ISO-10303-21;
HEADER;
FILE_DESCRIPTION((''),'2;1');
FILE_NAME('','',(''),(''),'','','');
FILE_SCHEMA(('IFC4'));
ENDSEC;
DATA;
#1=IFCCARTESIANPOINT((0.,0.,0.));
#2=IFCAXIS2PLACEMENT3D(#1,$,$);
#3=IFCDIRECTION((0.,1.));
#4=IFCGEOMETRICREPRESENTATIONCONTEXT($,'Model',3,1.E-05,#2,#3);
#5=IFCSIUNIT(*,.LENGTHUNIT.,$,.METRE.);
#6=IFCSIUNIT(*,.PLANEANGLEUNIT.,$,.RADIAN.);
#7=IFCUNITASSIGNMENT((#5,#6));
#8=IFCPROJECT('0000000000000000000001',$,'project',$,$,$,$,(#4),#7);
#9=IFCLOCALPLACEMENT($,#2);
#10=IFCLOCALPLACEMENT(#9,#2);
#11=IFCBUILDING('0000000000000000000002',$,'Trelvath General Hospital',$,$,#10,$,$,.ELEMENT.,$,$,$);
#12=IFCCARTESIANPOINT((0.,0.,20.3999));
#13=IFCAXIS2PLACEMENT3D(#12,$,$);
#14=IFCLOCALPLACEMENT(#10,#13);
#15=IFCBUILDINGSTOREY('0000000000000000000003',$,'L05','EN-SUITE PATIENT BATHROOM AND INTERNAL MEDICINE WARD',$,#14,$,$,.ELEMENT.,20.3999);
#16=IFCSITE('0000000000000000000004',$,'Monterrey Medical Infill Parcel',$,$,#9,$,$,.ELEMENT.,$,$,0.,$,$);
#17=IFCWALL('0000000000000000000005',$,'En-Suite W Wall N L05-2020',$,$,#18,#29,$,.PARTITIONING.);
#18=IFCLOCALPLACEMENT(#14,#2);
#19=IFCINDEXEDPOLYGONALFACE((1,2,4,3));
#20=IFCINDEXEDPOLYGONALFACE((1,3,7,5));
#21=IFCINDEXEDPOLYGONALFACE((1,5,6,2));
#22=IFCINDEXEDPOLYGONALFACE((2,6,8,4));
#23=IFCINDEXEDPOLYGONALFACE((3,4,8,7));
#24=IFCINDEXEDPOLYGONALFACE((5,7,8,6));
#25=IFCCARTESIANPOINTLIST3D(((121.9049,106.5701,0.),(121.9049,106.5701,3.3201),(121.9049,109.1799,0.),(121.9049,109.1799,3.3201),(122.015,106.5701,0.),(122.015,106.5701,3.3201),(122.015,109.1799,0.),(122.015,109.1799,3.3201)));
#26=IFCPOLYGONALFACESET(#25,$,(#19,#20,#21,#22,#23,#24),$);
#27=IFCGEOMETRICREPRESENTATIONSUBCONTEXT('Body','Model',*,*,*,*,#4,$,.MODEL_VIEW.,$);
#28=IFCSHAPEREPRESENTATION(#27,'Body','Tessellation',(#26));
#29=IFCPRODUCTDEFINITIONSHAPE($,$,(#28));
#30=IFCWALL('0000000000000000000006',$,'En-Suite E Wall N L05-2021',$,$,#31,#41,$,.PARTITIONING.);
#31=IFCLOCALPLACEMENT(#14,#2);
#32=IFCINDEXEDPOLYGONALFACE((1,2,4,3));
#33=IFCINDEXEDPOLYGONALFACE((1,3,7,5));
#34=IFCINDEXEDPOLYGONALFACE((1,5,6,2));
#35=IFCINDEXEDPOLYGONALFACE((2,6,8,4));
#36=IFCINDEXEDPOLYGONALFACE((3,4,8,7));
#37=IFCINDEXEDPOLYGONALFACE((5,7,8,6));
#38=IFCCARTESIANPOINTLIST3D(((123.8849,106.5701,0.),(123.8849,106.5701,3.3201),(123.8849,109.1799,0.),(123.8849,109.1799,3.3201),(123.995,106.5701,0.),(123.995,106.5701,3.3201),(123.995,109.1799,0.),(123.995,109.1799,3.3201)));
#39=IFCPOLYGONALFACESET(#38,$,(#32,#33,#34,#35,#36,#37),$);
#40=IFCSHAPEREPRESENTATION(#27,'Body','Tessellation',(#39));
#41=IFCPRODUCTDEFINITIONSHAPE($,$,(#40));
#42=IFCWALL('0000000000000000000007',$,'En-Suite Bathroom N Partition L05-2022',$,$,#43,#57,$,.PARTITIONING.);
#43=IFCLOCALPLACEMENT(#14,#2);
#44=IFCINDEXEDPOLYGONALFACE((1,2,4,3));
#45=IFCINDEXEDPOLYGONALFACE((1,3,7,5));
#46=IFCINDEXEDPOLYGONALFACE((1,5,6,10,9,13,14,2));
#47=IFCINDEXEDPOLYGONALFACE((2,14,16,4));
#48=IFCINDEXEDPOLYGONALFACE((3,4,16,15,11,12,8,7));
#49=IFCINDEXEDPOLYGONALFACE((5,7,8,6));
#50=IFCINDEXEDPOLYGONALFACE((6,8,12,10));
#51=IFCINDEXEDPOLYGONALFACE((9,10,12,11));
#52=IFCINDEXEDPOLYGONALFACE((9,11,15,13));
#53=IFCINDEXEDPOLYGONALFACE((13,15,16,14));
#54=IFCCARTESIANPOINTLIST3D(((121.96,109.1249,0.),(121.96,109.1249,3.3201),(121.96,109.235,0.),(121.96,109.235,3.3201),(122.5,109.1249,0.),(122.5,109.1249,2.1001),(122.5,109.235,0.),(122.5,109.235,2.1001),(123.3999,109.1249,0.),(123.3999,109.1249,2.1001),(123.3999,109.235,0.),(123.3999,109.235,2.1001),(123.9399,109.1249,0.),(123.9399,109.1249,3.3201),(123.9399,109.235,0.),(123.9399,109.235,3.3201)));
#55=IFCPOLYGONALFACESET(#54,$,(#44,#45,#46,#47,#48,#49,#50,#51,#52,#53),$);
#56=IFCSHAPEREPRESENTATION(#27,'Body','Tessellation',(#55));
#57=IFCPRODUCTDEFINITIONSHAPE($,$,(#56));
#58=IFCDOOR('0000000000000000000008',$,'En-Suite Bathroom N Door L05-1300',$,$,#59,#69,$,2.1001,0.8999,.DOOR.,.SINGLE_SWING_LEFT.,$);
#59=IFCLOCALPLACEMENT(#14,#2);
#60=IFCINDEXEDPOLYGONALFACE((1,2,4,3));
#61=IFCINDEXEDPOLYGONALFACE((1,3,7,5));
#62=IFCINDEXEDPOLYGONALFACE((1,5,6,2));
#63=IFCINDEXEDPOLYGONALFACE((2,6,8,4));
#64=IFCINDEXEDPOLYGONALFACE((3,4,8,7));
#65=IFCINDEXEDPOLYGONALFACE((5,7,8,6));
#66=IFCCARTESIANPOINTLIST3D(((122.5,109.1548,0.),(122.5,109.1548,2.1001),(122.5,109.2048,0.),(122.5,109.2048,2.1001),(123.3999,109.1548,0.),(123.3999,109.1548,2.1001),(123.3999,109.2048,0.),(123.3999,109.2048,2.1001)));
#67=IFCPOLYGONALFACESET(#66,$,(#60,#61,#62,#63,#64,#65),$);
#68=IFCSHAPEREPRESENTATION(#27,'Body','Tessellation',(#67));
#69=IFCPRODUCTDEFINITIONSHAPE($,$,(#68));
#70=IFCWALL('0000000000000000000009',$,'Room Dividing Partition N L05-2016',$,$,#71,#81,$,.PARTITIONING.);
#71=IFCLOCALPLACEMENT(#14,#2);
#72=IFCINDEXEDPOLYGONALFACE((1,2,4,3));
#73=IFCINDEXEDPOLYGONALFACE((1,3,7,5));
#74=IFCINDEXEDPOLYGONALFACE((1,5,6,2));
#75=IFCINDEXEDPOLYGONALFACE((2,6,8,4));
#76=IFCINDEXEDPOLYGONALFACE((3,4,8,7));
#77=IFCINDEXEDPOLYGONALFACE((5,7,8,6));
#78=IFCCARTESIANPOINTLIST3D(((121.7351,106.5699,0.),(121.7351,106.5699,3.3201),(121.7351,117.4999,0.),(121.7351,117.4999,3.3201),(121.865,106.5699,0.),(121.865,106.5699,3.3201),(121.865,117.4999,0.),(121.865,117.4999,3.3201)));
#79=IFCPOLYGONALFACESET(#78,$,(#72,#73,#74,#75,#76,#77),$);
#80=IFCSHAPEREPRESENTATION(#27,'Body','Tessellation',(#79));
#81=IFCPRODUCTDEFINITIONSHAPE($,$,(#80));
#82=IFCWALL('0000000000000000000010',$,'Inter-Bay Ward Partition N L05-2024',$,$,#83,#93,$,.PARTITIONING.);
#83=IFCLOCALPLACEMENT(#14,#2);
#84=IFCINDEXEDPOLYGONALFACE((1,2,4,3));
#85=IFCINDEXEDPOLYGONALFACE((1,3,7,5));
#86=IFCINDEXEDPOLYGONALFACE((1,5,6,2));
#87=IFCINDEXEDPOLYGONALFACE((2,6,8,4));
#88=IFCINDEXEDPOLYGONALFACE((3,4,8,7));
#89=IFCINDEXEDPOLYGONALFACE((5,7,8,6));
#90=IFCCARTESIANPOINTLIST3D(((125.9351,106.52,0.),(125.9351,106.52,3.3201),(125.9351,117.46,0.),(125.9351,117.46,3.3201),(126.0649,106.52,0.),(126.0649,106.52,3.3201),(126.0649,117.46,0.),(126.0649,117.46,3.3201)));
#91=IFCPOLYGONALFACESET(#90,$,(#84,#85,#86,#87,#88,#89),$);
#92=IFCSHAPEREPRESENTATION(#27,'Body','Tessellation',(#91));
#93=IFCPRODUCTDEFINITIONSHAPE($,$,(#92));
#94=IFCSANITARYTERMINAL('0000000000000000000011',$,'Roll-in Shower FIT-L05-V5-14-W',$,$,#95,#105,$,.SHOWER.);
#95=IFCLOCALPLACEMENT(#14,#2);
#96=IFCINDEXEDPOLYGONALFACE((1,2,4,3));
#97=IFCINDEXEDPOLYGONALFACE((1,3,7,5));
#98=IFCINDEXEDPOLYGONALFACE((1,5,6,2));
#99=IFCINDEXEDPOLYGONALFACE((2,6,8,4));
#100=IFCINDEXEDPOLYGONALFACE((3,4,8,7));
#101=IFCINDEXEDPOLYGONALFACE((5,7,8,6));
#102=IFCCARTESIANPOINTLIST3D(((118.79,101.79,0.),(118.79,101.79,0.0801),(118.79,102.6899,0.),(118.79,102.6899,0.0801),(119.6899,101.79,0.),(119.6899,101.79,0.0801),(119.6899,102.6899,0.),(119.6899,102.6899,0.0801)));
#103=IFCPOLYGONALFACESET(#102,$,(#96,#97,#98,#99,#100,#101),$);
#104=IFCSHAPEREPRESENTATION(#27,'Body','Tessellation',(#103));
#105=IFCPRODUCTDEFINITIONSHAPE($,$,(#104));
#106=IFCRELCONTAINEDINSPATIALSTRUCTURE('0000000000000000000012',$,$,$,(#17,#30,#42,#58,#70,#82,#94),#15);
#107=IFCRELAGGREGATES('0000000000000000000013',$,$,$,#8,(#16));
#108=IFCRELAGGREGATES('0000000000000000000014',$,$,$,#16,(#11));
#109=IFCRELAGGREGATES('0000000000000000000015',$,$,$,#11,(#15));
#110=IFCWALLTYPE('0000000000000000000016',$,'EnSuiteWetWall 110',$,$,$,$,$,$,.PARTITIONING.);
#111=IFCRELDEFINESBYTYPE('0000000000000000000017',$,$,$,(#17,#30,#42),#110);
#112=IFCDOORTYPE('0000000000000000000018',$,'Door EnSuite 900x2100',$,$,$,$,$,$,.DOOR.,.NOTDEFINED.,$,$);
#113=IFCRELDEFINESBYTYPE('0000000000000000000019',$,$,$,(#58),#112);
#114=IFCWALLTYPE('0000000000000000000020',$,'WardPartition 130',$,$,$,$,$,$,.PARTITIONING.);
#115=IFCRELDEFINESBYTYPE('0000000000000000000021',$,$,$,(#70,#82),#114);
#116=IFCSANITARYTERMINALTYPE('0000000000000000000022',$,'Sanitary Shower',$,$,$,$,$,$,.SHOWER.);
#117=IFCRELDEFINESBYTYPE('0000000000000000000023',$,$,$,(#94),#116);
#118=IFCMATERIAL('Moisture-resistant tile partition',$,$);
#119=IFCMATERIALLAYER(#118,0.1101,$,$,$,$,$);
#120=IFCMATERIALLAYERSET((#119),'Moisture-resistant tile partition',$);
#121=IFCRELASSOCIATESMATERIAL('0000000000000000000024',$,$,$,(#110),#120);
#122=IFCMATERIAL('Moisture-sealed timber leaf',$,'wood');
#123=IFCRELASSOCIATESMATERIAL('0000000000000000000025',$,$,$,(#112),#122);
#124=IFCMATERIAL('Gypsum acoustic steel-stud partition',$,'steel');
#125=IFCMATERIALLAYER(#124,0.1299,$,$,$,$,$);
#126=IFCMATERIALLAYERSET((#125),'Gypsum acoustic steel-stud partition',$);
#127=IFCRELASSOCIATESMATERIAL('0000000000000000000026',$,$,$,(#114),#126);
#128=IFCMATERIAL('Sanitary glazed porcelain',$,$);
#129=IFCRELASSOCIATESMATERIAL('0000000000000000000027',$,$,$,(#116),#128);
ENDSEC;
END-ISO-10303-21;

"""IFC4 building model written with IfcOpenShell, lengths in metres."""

from ifc_helpers import new_model, si_unit, direction, frame, frame_2d, origin, origin_2d, place, context, subcontext, project, spatial, rectangle, extrude, material, layer, layer_set, type_object, element, fill, save


model = new_model("IFC4")

# Units and contexts
model_context = context("Model", 3, precision=1e-05, world=origin(), true_north=direction((0.0, 1.0)))
body_context = subcontext(model_context, "Body", "Model", "MODEL_VIEW")
ifc_project = project(units=[si_unit("LENGTHUNIT", "METRE"), si_unit("PLANEANGLEUNIT", "RADIAN")], contexts=[model_context])

# Site, building, storey
site_placement = place(None, origin())
site = spatial("IfcSite", under=ifc_project, at=site_placement, Name="Monterrey Medical Infill Parcel", CompositionType="ELEMENT", RefElevation=0.0)
building_placement = place(site_placement, origin())
building = spatial("IfcBuilding", under=site, at=building_placement, Name="Trelvath General Hospital", CompositionType="ELEMENT")
storey_placement = place(building_placement, frame((0.0, 0.0, 20.3999)))
storey = spatial("IfcBuildingStorey", under=building, at=storey_placement, Name="L05", Description="EN-SUITE PATIENT BATHROOM AND INTERNAL MEDICINE WARD", CompositionType="ELEMENT", Elevation=20.3999)

# Shared definitions
ifc_material_1 = material(Name="Moisture-resistant tile partition")
ifc_layer_1 = layer(ifc_material_1, 0.1101)
ifc_layer_set_1 = layer_set([ifc_layer_1], Name="Moisture-resistant tile partition")
wall_type_1 = type_object("IfcWallType", Name="EnSuiteWetWall 110", PredefinedType="PARTITIONING", material=ifc_layer_set_1)

# Shared definitions
ifc_material_2 = material(Name="Moisture-sealed timber leaf", Category="wood")
door_type_1 = type_object("IfcDoorType", Name="Door EnSuite 900x2100", OperationType="NOTDEFINED", PredefinedType="DOOR", material=ifc_material_2)

# Walls
for number, where, z_axis, x_axis, name in (
    (1, (121.96, 106.5701, 0.0), (0.0, 0.0, 1.0), (0.0, 1.0, 0.0), "En-Suite W Wall N L05-2020"),
    (2, (123.9399, 106.5701, 0.0), (0.0, 0.0, 1.0), (0.0, 1.0, 0.0), "En-Suite E Wall N L05-2021"),
):
    element("IfcWall", number, at=place(storey_placement, frame(where, z_axis=z_axis, x_axis=x_axis)), inside=storey, type_object=wall_type_1, Name=name, PredefinedType="PARTITIONING", context=body_context, shape_type="SweptSolid", body=[
        extrude(rectangle(XDim=2.6099, YDim=0.1101, at=frame_2d((1.3049, 0.0))), origin(), (0.0, 0.0, 1.0), 3.3201),
    ])

# Wall, opening, door
wall_1_placement = place(storey_placement, frame((121.96, 109.1799, 0.0), z_axis=(0.0, 0.0, 1.0), x_axis=(1.0, 0.0, 0.0)))
wall_1 = element("IfcWall", 3, at=wall_1_placement, inside=storey, type_object=wall_type_1, Name="En-Suite Bathroom N Partition L05-2022", PredefinedType="PARTITIONING", context=body_context, shape_type="SweptSolid", body=[
    extrude(rectangle(XDim=1.98, YDim=0.1101, at=frame_2d((0.99, 0.0))), origin(), (0.0, 0.0, 1.0), 3.3201),
])
opening_1_placement = place(wall_1_placement, frame((0.54, 0.0, 0.0)))
opening_1 = element("IfcOpeningElement", 4, at=opening_1_placement, cuts=wall_1, PredefinedType="OPENING", context=body_context, shape_type="SweptSolid", body=[
    extrude(rectangle(XDim=0.8999, YDim=2.1001, at=frame_2d((0.45, 1.05))), frame((0.0, 0.0649, 0.0), z_axis=(0.0, -1.0, 0.0), x_axis=(1.0, 0.0, 0.0)), (0.0, 0.0, 1.0), 0.1301),
])
door_1_placement = place(opening_1_placement, origin())
door_1 = element("IfcDoor", 5, at=door_1_placement, inside=storey, type_object=door_type_1, Name="En-Suite Bathroom N Door L05-1300", OperationType="SINGLE_SWING_LEFT", OverallHeight=2.1001, OverallWidth=0.8999, PredefinedType="DOOR", context=body_context, shape_type="SweptSolid", body=[
    extrude(rectangle(XDim=0.8999, YDim=2.1001, at=frame_2d((0.45, 1.05))), frame((0.0, 0.0249, 0.0), z_axis=(0.0, -1.0, 0.0), x_axis=(1.0, 0.0, 0.0)), (0.0, 0.0, 1.0), 0.05),
])
fill(opening_1, door_1)

# Walls
ifc_material_3 = material(Name="Gypsum acoustic steel-stud partition", Category="steel")
ifc_layer_2 = layer(ifc_material_3, 0.1299)
ifc_layer_set_2 = layer_set([ifc_layer_2], Name="Gypsum acoustic steel-stud partition")
wall_type_2 = type_object("IfcWallType", Name="WardPartition 130", PredefinedType="PARTITIONING", material=ifc_layer_set_2)
wall_2_placement = place(storey_placement, frame((121.8, 106.5701, 0.0), z_axis=(0.0, 0.0, 1.0), x_axis=(0.0, 1.0, 0.0)))
element("IfcWall", 6, at=wall_2_placement, inside=storey, type_object=wall_type_2, Name="Room Dividing Partition N L05-2016", PredefinedType="PARTITIONING", context=body_context, shape_type="SweptSolid", body=[
    extrude(rectangle(XDim=10.9299, YDim=0.1299, at=frame_2d((5.4648, 0.0))), origin(), (0.0, 0.0, 1.0), 3.3201),
])
wall_3_placement = place(storey_placement, frame((126.0, 106.52, 0.0), z_axis=(0.0, 0.0, 1.0), x_axis=(0.0, 1.0, 0.0)))
element("IfcWall", 7, at=wall_3_placement, inside=storey, type_object=wall_type_2, Name="Inter-Bay Ward Partition N L05-2024", PredefinedType="PARTITIONING", context=body_context, shape_type="SweptSolid", body=[
    extrude(rectangle(XDim=10.9399, YDim=0.1299, at=frame_2d((5.47, 0.0))), origin(), (0.0, 0.0, 1.0), 3.3201),
])

# Sanitary terminal
ifc_material_4 = material(Name="Sanitary glazed porcelain")
sanitary_terminal_type = type_object("IfcSanitaryTerminalType", Name="Sanitary Shower", PredefinedType="SHOWER", material=ifc_material_4)
sanitary_terminal_placement = place(storey_placement, frame((119.24, 102.24, 0.0), z_axis=(0.0, 0.0, 1.0), x_axis=(1.0, 0.0, 0.0)))
element("IfcSanitaryTerminal", 8, at=sanitary_terminal_placement, inside=storey, type_object=sanitary_terminal_type, Name="Roll-in Shower FIT-L05-V5-14-W", PredefinedType="SHOWER", context=body_context, shape_type="SweptSolid", body=[
    extrude(rectangle(XDim=0.8999, YDim=0.8999, at=origin_2d()), origin(), (0.0, 0.0, 1.0), 0.0801),
])

save(model, "model.ifc")
